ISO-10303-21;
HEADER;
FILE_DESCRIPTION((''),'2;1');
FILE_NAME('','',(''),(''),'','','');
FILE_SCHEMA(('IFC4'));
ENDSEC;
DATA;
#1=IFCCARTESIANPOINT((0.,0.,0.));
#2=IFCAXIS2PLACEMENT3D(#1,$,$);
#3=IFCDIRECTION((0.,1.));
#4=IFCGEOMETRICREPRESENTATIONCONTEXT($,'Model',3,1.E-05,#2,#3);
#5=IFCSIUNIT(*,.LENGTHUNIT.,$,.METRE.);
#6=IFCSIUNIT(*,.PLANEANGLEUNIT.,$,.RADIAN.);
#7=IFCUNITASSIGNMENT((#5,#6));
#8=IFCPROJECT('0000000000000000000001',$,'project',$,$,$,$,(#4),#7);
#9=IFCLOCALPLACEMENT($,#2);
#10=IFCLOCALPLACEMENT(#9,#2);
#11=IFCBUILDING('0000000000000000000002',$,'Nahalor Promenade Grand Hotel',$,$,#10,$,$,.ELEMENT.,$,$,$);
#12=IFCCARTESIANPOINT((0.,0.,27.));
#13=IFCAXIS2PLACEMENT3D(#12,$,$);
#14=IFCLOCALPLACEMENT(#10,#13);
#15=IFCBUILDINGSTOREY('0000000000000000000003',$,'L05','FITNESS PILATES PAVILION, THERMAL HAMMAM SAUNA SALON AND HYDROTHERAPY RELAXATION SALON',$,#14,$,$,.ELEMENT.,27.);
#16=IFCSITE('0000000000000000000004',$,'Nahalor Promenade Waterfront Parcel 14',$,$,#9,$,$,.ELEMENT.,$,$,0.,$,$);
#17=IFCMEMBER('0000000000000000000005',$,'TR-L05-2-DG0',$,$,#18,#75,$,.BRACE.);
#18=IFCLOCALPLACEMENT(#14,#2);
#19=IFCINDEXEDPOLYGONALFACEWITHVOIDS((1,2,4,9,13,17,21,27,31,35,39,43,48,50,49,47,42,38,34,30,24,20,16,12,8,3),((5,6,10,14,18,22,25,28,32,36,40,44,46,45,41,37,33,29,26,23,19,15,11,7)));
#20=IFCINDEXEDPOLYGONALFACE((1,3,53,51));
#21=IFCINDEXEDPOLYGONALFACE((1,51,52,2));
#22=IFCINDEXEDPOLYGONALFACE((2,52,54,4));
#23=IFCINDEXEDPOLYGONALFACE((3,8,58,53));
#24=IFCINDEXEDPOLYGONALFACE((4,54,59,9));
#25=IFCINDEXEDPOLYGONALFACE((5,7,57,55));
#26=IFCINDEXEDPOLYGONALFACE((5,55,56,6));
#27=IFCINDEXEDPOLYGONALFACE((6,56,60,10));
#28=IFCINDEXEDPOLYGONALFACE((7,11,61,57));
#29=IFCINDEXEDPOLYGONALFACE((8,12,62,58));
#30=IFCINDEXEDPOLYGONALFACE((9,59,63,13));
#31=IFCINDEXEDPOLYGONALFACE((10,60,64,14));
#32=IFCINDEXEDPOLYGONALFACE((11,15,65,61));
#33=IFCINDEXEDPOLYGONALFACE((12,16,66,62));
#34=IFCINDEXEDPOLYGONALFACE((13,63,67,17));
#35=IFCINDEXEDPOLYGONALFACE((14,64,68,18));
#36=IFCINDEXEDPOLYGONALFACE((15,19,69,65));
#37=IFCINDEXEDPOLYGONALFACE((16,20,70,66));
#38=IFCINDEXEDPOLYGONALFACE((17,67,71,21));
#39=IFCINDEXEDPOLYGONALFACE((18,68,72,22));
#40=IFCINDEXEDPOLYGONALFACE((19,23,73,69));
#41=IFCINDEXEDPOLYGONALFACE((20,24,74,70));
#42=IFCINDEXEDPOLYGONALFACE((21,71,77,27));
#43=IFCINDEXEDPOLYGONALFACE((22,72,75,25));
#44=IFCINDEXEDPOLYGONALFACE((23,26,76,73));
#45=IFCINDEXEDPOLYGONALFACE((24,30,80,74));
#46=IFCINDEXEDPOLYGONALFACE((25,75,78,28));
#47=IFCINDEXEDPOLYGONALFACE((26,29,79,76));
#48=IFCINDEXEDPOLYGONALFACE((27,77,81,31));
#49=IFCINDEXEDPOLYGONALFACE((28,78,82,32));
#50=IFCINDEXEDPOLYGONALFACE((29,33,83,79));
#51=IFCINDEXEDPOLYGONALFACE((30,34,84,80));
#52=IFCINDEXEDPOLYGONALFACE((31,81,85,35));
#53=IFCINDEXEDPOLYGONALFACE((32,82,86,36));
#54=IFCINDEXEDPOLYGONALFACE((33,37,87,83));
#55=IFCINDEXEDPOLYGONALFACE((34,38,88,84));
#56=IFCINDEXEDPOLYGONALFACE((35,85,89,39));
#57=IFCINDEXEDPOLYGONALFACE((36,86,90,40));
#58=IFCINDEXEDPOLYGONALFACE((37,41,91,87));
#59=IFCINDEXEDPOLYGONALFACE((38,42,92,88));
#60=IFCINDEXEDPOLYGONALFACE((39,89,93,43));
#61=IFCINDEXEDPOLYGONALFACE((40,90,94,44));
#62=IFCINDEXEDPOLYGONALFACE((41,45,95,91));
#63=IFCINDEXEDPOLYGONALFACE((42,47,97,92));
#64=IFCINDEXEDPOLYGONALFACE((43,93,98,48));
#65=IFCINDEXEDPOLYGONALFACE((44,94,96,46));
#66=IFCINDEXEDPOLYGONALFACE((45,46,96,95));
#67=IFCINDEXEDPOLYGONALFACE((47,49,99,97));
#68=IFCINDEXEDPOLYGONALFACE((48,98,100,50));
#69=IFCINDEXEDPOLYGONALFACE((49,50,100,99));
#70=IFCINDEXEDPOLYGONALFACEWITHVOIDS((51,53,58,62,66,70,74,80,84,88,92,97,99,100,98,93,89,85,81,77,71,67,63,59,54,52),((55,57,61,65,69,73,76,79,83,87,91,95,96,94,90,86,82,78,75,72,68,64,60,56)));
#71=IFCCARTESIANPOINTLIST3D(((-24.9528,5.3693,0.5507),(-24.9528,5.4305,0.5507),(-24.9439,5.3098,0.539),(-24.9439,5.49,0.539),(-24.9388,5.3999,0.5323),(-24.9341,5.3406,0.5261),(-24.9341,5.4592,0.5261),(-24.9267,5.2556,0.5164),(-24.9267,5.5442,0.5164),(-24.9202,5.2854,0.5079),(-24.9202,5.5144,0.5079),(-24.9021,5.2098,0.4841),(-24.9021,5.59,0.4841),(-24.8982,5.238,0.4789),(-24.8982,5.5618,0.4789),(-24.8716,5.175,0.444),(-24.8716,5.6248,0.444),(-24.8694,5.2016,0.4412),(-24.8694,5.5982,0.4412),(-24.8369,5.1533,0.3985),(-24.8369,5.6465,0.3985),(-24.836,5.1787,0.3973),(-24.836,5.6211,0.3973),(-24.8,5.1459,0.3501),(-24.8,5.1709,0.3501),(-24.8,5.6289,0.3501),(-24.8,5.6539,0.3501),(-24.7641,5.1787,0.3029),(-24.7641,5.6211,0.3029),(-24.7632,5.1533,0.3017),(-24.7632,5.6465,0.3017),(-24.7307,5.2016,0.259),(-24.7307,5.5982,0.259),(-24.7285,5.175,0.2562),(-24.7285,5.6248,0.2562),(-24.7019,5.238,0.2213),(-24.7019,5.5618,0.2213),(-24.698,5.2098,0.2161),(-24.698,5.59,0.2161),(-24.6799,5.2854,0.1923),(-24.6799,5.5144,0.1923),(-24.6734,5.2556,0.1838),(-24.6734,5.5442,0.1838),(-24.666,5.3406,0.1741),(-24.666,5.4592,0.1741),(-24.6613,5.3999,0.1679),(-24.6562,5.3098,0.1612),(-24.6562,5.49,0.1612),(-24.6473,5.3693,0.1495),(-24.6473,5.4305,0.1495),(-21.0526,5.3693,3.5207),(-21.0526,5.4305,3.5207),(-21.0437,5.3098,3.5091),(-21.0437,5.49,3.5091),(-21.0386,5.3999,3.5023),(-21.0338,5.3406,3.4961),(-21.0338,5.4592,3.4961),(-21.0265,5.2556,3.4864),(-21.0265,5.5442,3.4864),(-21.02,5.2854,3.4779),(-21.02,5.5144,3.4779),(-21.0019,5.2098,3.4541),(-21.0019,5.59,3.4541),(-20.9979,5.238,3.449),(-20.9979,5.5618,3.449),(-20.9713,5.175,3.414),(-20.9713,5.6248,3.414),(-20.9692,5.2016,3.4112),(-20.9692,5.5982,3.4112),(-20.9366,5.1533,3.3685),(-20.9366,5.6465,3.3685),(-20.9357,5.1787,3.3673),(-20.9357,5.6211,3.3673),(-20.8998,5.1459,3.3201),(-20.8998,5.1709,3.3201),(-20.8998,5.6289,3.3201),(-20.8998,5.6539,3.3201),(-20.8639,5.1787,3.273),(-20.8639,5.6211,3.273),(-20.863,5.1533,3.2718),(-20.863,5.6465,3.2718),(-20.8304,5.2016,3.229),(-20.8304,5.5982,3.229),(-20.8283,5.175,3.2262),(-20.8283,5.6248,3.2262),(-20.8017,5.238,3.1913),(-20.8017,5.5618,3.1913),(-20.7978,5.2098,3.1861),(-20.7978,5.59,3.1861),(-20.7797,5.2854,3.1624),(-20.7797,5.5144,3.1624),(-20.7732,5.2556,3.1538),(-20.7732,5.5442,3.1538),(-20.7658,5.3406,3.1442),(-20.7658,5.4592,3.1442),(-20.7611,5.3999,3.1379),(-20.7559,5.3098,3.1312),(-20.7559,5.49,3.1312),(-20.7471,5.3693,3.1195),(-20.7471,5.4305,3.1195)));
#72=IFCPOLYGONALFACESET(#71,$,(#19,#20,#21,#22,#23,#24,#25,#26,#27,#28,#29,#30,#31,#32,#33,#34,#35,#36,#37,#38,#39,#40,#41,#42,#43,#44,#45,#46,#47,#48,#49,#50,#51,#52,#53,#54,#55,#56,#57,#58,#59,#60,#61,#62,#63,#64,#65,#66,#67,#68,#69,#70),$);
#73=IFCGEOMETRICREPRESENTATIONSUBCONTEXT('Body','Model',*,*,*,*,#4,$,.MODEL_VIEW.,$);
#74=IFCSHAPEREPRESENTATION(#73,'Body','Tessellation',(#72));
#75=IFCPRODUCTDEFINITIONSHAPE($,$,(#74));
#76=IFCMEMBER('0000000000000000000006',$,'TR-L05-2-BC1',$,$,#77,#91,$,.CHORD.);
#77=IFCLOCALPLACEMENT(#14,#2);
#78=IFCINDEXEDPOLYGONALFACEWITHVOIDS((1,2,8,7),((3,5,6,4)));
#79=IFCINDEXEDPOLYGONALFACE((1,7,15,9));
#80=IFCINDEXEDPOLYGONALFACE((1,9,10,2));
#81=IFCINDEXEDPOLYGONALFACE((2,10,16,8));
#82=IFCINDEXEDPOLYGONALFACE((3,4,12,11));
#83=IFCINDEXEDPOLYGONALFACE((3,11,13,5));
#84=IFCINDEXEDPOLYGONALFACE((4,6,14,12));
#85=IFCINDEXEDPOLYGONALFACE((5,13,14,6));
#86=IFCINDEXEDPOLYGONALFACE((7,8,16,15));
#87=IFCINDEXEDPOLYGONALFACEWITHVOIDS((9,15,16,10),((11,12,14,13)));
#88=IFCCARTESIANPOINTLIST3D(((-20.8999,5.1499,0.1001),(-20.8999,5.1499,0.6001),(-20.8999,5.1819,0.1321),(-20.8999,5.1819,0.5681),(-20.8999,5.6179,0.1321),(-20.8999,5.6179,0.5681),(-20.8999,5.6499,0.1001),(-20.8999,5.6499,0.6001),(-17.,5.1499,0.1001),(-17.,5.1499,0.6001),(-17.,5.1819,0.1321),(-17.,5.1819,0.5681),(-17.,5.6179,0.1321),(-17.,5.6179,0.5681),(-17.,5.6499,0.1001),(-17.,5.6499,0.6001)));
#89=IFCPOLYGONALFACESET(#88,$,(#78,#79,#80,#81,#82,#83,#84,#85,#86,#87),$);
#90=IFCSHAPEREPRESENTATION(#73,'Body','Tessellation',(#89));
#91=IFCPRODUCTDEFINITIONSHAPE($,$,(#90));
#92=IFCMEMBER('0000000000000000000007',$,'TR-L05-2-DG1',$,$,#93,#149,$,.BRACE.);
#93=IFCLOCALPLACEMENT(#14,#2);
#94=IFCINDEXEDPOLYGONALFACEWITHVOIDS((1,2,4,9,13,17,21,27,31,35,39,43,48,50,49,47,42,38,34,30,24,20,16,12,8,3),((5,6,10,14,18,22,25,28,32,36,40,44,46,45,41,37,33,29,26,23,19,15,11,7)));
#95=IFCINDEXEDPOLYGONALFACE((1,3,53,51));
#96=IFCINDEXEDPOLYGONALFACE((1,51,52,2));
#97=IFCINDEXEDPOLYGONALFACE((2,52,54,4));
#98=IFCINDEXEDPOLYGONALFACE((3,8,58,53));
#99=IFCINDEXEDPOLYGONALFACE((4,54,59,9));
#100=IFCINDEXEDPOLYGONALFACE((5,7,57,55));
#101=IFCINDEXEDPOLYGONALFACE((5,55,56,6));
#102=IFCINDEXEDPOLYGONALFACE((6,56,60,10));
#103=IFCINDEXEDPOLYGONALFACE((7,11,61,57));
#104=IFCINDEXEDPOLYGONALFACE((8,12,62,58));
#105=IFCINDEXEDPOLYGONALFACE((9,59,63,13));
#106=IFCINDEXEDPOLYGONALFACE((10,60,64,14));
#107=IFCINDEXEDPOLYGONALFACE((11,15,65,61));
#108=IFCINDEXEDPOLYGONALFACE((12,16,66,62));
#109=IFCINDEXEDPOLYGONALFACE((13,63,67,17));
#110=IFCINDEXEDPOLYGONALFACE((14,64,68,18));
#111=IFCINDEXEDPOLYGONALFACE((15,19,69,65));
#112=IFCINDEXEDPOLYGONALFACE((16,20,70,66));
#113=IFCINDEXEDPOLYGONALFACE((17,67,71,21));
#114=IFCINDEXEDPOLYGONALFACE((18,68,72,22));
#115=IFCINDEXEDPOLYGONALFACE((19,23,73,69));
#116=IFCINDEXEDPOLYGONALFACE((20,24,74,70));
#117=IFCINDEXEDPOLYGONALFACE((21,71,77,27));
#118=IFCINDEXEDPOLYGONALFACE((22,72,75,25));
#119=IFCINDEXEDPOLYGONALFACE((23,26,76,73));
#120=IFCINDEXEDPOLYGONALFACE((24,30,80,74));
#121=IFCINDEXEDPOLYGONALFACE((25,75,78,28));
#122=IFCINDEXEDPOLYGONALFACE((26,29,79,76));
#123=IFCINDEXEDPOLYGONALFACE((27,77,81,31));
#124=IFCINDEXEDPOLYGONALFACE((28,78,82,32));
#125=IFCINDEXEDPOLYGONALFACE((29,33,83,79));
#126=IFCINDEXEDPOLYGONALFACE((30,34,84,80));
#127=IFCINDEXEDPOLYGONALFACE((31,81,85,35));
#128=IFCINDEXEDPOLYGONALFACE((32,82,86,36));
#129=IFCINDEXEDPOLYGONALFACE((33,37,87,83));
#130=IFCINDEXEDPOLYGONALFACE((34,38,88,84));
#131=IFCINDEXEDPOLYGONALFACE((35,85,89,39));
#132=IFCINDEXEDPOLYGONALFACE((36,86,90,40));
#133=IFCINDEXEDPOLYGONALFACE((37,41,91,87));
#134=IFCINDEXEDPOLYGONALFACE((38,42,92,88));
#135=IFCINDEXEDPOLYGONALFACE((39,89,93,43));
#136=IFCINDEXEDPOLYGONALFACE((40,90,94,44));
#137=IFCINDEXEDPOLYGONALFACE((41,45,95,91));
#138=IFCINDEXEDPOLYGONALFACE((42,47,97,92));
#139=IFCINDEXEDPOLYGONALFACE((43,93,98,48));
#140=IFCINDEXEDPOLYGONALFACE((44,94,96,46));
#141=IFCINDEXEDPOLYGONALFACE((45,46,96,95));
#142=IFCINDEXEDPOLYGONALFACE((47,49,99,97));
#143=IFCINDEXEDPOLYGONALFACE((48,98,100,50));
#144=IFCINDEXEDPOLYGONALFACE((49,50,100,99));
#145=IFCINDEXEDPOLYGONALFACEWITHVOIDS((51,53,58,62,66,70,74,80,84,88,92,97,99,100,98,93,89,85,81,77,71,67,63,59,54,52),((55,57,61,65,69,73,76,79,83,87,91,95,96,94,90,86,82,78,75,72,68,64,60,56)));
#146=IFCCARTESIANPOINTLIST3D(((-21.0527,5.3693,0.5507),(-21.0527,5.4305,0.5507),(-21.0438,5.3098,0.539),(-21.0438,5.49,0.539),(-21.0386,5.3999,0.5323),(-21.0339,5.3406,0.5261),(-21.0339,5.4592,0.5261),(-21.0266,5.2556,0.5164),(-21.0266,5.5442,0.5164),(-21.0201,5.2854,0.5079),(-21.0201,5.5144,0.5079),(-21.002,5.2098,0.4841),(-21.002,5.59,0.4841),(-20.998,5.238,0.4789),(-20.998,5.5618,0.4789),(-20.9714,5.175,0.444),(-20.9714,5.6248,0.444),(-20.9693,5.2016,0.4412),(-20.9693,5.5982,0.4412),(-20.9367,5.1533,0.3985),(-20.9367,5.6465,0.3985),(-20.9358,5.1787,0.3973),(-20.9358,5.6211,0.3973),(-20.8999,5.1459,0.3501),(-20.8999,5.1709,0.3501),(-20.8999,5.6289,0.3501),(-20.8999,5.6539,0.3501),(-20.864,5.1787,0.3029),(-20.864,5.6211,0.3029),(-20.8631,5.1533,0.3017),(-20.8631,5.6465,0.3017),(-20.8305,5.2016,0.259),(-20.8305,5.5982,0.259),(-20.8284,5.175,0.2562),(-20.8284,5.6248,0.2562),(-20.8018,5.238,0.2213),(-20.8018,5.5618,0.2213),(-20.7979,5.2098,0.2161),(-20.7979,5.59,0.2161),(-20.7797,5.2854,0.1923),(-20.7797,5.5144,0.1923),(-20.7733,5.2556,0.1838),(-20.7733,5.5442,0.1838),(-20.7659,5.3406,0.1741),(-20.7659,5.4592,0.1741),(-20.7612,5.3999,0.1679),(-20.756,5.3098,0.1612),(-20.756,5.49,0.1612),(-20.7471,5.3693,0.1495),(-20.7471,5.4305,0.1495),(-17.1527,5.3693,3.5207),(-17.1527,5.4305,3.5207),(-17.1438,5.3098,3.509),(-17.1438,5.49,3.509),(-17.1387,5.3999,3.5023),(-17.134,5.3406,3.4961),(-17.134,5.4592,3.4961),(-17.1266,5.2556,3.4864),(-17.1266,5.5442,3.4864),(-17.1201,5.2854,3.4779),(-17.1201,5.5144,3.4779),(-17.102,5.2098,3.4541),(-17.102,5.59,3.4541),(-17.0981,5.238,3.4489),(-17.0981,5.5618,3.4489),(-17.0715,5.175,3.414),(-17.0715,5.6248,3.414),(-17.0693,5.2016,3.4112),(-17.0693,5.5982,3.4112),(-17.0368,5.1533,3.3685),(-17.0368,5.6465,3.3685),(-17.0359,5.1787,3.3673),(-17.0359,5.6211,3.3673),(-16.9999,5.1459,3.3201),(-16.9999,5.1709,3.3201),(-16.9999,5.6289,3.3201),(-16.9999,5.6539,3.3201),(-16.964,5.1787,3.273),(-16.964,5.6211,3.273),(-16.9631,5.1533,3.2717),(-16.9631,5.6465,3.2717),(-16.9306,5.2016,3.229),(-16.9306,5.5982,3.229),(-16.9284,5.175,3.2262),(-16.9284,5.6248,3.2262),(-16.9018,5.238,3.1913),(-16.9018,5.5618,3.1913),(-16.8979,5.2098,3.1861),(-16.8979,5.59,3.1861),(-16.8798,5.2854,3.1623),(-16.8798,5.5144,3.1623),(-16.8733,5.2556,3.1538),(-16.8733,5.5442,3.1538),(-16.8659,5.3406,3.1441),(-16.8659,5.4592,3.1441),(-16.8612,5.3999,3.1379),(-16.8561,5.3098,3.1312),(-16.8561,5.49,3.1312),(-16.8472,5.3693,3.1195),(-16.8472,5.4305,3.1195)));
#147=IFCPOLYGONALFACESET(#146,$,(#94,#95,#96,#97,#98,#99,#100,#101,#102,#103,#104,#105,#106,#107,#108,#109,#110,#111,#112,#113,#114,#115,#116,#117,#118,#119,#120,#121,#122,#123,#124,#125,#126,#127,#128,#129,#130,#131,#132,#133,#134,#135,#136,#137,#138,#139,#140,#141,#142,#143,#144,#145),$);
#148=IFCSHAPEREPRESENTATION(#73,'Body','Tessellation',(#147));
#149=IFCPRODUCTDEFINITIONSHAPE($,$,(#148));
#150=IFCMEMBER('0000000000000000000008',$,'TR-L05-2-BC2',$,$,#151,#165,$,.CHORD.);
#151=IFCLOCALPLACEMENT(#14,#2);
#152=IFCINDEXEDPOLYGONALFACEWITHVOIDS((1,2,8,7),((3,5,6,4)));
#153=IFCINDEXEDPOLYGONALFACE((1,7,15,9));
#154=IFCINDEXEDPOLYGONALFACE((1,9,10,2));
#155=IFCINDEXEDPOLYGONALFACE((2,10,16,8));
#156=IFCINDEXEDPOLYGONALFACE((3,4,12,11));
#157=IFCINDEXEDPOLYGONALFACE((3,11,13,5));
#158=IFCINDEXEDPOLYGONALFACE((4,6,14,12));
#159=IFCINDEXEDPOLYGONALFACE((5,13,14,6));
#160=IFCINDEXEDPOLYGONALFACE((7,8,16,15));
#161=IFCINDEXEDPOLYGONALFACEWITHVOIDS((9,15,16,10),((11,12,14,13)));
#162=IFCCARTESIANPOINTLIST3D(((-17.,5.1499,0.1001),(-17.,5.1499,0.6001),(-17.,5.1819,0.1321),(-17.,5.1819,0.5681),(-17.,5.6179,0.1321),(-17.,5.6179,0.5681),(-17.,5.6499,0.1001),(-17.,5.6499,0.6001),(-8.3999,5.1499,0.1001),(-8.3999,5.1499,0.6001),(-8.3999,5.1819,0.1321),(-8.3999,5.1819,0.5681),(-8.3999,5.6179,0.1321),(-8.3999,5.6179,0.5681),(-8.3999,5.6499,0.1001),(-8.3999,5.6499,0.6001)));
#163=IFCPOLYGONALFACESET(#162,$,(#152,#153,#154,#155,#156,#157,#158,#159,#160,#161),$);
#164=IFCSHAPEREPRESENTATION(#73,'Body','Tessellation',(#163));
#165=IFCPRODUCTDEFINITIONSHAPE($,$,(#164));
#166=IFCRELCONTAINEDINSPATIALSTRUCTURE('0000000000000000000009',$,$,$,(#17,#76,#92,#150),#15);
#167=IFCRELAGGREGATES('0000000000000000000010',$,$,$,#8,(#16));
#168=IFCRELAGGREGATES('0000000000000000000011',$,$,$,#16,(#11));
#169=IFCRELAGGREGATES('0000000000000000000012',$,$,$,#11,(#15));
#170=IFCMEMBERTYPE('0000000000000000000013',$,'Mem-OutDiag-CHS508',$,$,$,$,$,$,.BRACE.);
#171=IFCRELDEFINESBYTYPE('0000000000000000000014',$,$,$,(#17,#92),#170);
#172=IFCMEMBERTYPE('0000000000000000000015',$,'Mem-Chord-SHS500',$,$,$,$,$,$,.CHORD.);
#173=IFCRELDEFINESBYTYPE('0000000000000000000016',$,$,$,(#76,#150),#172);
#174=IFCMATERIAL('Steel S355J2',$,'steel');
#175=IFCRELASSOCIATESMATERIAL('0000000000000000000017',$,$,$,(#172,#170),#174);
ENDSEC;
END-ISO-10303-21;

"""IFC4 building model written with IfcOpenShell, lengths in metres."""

from ifc_helpers import new_model, si_unit, direction, frame, origin, origin_2d, place, context, subcontext, project, spatial, hollow_rectangle, hollow_circle, extrude, source, transform, mapped, material, material_profile, profile_set, type_object, element, save


model = new_model("IFC4")

# Units and contexts
model_context = context("Model", 3, precision=1e-05, world=origin(), true_north=direction((0.0, 1.0)))
body_context = subcontext(model_context, "Body", "Model", "MODEL_VIEW")
ifc_project = project(units=[si_unit("LENGTHUNIT", "METRE"), si_unit("PLANEANGLEUNIT", "RADIAN")], contexts=[model_context])

# Site, building, storey
site_placement = place(None, origin())
site = spatial("IfcSite", under=ifc_project, at=site_placement, Name="Nahalor Promenade Waterfront Parcel 14", CompositionType="ELEMENT", RefElevation=0.0)
building_placement = place(site_placement, origin())
building = spatial("IfcBuilding", under=site, at=building_placement, Name="Nahalor Promenade Grand Hotel", CompositionType="ELEMENT")
storey_placement = place(building_placement, frame((0.0, 0.0, 27.0)))
storey = spatial("IfcBuildingStorey", under=building, at=storey_placement, Name="L05", Description="FITNESS PILATES PAVILION, THERMAL HAMMAM SAUNA SALON AND HYDROTHERAPY RELAXATION SALON", CompositionType="ELEMENT", Elevation=27.0)

# Shared definitions
ifc_material_1 = material(Name="Steel S355J2", Category="steel")

# Members
ifc_material_profile_1 = material_profile(ifc_material_1, hollow_rectangle(XDim=0.5, YDim=0.5, WallThickness=0.032, at=origin_2d()), Name="SHS 500x500x32")
ifc_profile_set_1 = profile_set([ifc_material_profile_1], Name="Steel S355J2")
member_type_1 = type_object("IfcMemberType", Name="Mem-Chord-SHS500", PredefinedType="CHORD", material=ifc_profile_set_1)
ifc_material_profile_2 = material_profile(ifc_material_1, hollow_circle(Radius=0.254, WallThickness=0.025, at=origin_2d()), Name="CHS 508x25")
ifc_profile_set_2 = profile_set([ifc_material_profile_2], Name="Steel S355J2")
member_type_2 = type_object("IfcMemberType", Name="Mem-OutDiag-CHS508", PredefinedType="BRACE", material=ifc_profile_set_2)
shared_shape_1 = source(origin(), body_context, "Body", "SweptSolid", [
    extrude(hollow_circle(Radius=0.254, WallThickness=0.025, at=origin_2d()), origin(), (0.0, 0.0, 1.0), 4.9023),
])
member_1_placement = place(storey_placement, frame((-24.8, 5.3999, 0.3501), z_axis=(0.795586, 0.0, 0.605841), x_axis=(0.0, 1.0, 0.0)))
element("IfcMember", 1, at=member_1_placement, inside=storey, type_object=member_type_2, Name="TR-L05-2-DG0", PredefinedType="BRACE", context=body_context, shape_type="MappedRepresentation", body=[
    mapped(shared_shape_1, transform((0.0, 0.0, 0.0), scale=1.0)),
])
shared_shape_2 = source(origin(), body_context, "Body", "SweptSolid", [
    extrude(hollow_rectangle(XDim=0.5, YDim=0.5, WallThickness=0.032, at=origin_2d()), origin(), (0.0, 0.0, 1.0), 3.8999),
])
member_2_placement = place(storey_placement, frame((-20.8999, 5.3999, 0.3501), z_axis=(1.0, 0.0, 0.0), x_axis=(0.0, 1.0, 0.0)))
element("IfcMember", 2, at=member_2_placement, inside=storey, type_object=member_type_1, Name="TR-L05-2-BC1", PredefinedType="CHORD", context=body_context, shape_type="MappedRepresentation", body=[
    mapped(shared_shape_2, transform((0.0, 0.0, 0.0), scale=1.0)),
])
shared_shape_3 = source(origin(), body_context, "Body", "SweptSolid", [
    extrude(hollow_circle(Radius=0.254, WallThickness=0.025, at=origin_2d()), origin(), (0.0, 0.0, 1.0), 4.9021),
])
member_3_placement = place(storey_placement, frame((-20.8999, 5.3999, 0.3501), z_axis=(0.795568, 0.0, 0.605865), x_axis=(0.0, 1.0, 0.0)))
element("IfcMember", 3, at=member_3_placement, inside=storey, type_object=member_type_2, Name="TR-L05-2-DG1", PredefinedType="BRACE", context=body_context, shape_type="MappedRepresentation", body=[
    mapped(shared_shape_3, transform((0.0, 0.0, 0.0), scale=1.0)),
])
shared_shape_4 = source(origin(), body_context, "Body", "SweptSolid", [
    extrude(hollow_rectangle(XDim=0.5, YDim=0.5, WallThickness=0.032, at=origin_2d()), origin(), (0.0, 0.0, 1.0), 8.6001),
])
member_4_placement = place(storey_placement, frame((-17.0, 5.3999, 0.3501), z_axis=(1.0, 0.0, 0.0), x_axis=(0.0, 1.0, 0.0)))
element("IfcMember", 4, at=member_4_placement, inside=storey, type_object=member_type_1, Name="TR-L05-2-BC2", PredefinedType="CHORD", context=body_context, shape_type="MappedRepresentation", body=[
    mapped(shared_shape_4, transform((0.0, 0.0, 0.0), scale=1.0)),
])

save(model, "model.ifc")
